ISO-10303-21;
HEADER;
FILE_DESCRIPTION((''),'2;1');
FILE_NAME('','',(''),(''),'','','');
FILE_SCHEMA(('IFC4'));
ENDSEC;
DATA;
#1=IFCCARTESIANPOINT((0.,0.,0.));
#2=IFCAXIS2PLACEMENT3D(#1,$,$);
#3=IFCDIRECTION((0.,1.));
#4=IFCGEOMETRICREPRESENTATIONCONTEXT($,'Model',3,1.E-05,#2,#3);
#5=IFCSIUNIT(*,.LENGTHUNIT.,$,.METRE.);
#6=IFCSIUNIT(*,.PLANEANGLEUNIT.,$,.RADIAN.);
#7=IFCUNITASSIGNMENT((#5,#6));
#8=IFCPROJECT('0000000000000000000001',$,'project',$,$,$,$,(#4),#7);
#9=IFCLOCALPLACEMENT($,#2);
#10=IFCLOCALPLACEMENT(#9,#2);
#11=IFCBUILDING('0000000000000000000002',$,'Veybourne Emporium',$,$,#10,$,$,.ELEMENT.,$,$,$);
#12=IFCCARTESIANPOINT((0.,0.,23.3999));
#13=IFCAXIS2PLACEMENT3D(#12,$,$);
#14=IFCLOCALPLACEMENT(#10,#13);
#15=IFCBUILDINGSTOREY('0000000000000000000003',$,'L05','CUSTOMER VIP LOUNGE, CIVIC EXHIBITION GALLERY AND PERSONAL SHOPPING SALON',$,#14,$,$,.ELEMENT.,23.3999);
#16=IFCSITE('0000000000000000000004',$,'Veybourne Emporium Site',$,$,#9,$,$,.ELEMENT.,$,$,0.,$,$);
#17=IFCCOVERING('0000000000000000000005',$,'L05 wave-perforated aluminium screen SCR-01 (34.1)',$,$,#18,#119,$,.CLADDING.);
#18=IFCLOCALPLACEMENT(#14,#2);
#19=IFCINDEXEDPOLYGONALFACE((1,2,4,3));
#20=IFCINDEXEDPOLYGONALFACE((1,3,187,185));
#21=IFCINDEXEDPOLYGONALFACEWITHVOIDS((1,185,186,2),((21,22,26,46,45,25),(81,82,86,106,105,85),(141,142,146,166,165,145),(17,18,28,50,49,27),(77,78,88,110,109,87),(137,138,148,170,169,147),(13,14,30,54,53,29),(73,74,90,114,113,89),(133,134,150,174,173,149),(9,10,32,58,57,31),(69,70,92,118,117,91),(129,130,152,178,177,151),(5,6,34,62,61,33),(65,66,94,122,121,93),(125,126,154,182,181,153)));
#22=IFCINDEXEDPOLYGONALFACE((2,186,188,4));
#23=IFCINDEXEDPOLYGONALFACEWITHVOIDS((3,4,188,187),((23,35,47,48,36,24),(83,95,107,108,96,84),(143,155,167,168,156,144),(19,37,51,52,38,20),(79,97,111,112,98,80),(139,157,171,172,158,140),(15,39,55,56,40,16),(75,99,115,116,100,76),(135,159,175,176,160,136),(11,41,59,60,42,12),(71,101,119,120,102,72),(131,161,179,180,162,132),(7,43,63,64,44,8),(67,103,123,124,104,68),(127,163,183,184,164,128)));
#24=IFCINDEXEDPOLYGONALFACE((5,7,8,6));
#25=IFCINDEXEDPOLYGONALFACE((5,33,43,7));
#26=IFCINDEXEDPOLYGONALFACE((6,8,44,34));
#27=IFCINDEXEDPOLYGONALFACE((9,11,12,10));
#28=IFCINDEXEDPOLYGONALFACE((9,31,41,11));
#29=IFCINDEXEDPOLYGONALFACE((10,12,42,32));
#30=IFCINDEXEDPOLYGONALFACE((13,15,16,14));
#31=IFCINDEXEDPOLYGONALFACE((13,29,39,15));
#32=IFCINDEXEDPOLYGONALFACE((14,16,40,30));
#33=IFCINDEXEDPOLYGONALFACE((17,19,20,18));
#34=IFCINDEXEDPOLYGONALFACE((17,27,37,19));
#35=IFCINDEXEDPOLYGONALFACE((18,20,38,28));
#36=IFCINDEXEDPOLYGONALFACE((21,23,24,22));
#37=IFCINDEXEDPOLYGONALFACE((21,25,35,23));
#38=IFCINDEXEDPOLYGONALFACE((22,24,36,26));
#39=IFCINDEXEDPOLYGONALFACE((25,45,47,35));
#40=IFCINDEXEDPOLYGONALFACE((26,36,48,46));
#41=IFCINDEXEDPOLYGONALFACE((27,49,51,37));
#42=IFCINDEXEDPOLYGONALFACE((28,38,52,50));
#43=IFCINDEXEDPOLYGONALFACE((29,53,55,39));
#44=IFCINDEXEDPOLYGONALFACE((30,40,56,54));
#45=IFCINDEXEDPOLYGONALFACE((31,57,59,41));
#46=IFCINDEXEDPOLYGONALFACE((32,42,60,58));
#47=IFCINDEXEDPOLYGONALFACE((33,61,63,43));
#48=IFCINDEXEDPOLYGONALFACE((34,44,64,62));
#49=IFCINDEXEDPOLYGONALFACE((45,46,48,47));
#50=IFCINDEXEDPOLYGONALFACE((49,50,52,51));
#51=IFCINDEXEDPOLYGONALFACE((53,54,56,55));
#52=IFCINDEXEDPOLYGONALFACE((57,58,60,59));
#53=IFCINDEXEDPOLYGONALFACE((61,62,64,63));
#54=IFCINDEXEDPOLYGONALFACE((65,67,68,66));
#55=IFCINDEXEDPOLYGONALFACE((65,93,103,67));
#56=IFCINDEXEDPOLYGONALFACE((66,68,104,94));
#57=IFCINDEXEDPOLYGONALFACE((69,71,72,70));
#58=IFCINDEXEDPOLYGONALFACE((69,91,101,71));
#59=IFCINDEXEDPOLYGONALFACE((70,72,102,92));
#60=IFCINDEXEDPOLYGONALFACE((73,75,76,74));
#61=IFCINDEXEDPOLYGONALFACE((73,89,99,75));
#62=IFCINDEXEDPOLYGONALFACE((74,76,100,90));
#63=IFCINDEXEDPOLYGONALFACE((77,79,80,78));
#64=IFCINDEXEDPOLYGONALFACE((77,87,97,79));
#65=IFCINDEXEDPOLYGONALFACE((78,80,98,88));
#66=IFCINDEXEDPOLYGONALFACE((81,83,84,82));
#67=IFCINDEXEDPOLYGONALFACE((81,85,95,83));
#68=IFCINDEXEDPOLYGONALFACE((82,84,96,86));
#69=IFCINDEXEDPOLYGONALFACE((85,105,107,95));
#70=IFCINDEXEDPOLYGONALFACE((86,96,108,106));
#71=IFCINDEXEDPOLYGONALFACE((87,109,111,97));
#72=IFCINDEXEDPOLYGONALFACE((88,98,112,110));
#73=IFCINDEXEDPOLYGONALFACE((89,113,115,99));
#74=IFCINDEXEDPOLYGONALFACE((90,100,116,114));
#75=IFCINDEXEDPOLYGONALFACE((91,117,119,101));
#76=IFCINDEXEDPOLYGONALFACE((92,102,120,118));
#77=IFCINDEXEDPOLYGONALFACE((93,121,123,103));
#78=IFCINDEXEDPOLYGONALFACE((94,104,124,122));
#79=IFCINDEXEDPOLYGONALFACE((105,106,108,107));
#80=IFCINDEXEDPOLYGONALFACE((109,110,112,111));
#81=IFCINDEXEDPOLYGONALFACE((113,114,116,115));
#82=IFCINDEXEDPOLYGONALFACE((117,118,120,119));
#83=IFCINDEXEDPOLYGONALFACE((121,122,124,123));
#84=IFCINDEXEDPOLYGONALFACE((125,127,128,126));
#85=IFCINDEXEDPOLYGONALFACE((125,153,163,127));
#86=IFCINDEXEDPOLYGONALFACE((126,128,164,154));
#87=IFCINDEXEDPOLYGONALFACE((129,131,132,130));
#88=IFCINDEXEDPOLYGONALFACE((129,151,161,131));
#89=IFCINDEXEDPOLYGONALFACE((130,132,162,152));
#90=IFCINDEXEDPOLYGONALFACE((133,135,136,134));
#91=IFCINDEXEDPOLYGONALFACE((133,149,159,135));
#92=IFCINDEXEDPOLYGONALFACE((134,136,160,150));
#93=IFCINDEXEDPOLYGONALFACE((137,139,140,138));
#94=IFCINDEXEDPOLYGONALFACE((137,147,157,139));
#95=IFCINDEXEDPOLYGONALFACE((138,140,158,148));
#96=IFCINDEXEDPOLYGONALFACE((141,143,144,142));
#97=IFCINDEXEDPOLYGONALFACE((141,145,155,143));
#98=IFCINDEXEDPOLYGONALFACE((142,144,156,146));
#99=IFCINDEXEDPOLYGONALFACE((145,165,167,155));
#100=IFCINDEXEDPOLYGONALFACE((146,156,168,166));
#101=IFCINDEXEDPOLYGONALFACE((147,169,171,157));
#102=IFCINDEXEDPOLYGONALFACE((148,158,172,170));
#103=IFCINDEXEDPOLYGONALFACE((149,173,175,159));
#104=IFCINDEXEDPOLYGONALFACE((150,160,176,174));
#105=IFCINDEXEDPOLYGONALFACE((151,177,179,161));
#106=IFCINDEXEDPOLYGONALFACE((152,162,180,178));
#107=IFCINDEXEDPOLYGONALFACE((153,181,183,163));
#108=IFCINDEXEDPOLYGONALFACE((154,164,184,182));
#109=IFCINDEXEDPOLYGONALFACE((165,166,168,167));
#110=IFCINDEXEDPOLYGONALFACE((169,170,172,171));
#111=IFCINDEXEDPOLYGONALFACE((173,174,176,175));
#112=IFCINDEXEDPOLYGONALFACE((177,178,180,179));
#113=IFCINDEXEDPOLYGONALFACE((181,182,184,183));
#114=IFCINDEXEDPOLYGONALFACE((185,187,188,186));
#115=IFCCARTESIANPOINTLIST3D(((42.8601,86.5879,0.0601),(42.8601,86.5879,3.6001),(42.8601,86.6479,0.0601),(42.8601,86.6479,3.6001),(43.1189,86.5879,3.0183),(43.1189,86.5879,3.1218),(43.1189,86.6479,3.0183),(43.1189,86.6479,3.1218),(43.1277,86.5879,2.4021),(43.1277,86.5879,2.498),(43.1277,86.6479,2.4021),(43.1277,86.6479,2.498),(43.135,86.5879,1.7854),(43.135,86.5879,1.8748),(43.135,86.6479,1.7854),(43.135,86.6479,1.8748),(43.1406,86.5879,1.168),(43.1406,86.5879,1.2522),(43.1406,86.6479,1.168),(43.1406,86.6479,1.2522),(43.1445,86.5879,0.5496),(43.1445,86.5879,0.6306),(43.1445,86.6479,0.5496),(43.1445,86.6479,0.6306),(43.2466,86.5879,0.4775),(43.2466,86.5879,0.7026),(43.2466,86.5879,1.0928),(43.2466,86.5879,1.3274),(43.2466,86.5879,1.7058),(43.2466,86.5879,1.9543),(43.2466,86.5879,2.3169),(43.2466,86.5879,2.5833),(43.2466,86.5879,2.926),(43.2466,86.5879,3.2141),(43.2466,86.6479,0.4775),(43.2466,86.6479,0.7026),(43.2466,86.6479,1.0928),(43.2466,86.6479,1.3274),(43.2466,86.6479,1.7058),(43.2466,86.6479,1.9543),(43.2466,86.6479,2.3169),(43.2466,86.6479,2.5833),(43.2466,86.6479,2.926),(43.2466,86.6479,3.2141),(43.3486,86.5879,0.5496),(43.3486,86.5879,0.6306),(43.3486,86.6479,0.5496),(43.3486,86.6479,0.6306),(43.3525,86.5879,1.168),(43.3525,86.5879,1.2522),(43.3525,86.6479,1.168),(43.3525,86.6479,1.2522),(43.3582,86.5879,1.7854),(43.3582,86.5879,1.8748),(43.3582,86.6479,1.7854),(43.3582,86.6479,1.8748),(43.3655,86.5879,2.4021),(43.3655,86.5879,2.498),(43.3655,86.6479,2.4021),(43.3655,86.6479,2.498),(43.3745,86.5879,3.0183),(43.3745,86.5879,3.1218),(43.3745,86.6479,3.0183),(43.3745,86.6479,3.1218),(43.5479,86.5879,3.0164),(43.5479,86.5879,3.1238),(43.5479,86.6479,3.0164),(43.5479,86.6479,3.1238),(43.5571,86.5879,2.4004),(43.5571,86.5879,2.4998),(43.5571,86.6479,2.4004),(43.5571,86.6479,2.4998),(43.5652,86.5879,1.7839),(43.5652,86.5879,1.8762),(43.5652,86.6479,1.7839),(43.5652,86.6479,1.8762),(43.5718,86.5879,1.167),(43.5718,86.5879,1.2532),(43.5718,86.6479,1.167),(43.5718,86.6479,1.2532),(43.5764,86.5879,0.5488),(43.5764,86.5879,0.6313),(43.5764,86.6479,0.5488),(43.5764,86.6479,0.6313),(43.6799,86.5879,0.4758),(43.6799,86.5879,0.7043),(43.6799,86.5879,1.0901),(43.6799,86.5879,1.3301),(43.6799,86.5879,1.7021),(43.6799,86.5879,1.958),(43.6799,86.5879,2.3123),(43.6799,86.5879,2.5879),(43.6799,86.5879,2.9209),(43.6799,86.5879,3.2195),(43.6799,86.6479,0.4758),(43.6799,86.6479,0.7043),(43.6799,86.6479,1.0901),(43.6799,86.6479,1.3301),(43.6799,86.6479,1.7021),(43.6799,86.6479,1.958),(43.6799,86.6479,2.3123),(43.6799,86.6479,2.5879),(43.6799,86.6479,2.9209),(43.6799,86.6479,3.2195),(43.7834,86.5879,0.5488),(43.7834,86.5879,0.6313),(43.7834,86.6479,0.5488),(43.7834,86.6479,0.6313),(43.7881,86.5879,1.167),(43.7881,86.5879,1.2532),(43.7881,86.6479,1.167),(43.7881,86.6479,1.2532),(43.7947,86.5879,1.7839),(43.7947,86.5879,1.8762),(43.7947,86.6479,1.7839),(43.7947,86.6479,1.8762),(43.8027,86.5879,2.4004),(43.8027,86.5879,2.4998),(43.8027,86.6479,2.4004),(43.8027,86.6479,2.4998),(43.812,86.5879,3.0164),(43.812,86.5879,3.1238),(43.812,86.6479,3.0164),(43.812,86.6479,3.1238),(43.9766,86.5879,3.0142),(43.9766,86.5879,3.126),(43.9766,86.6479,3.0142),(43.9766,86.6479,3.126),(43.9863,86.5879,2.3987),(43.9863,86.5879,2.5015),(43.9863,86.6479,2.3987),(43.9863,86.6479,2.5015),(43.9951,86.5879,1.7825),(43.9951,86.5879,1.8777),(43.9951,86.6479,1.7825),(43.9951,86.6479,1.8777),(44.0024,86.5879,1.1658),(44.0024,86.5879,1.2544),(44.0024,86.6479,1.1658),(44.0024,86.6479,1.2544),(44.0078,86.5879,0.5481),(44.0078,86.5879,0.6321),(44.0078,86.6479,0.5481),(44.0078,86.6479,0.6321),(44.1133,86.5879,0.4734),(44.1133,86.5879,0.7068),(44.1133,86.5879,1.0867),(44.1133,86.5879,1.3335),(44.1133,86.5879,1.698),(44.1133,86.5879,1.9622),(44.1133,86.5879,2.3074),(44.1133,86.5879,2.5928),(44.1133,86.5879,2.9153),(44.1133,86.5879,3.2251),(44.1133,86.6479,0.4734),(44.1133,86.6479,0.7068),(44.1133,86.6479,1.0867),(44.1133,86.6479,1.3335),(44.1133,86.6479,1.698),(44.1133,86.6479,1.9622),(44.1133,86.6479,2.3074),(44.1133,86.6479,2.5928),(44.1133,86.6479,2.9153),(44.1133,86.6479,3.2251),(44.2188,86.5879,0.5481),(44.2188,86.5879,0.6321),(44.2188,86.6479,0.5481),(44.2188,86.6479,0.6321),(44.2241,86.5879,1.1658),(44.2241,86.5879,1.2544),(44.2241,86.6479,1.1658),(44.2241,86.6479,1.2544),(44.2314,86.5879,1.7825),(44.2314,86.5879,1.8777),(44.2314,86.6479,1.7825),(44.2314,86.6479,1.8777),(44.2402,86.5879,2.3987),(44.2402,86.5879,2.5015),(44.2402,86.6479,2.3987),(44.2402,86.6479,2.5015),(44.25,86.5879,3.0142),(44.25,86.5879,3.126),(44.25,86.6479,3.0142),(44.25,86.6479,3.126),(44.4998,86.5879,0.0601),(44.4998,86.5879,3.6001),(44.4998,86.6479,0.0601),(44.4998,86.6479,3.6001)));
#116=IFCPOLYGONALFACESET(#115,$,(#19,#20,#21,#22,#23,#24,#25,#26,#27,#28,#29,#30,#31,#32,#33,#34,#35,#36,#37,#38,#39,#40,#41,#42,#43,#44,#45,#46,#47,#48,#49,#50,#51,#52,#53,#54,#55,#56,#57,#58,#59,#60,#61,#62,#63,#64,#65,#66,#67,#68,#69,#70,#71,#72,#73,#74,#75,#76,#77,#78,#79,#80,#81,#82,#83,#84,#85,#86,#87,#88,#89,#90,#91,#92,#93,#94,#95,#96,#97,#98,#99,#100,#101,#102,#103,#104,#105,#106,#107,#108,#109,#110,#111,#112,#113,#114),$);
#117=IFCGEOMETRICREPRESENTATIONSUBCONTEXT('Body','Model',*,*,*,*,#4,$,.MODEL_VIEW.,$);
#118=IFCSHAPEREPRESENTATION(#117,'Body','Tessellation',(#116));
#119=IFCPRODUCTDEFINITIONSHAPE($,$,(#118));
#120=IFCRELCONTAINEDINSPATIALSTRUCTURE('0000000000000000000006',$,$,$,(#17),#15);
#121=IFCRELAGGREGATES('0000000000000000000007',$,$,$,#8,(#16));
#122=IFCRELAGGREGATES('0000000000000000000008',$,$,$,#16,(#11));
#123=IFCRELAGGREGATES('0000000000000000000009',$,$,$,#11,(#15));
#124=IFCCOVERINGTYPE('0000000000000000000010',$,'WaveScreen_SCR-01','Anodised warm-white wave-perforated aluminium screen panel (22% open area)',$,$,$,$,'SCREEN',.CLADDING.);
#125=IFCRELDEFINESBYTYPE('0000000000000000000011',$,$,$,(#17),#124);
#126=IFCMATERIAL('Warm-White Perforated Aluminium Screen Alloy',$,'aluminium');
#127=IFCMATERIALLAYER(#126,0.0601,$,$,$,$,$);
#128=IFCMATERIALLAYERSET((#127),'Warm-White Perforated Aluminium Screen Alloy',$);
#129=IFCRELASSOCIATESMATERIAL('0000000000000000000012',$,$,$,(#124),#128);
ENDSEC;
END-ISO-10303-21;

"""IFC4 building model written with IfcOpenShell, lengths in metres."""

from ifc_helpers import new_model, si_unit, direction, frame, origin, place, context, subcontext, project, spatial, polyline, outline, extrude, material, layer, layer_set, type_object, element, save


model = new_model("IFC4")

# Units and contexts
model_context = context("Model", 3, precision=1e-05, world=origin(), true_north=direction((0.0, 1.0)))
body_context = subcontext(model_context, "Body", "Model", "MODEL_VIEW")
ifc_project = project(units=[si_unit("LENGTHUNIT", "METRE"), si_unit("PLANEANGLEUNIT", "RADIAN")], contexts=[model_context])

# Site, building, storey
site_placement = place(None, origin())
site = spatial("IfcSite", under=ifc_project, at=site_placement, Name="Veybourne Emporium Site", CompositionType="ELEMENT", RefElevation=0.0)
building_placement = place(site_placement, origin())
building = spatial("IfcBuilding", under=site, at=building_placement, Name="Veybourne Emporium", CompositionType="ELEMENT")
storey_placement = place(building_placement, frame((0.0, 0.0, 23.3999)))
storey = spatial("IfcBuildingStorey", under=building, at=storey_placement, Name="L05", Description="CUSTOMER VIP LOUNGE, CIVIC EXHIBITION GALLERY AND PERSONAL SHOPPING SALON", CompositionType="ELEMENT", Elevation=23.3999)

# Covering
ifc_material_1 = material(Name="Warm-White Perforated Aluminium Screen Alloy", Category="aluminium")
ifc_layer_1 = layer(ifc_material_1, 0.0601)
ifc_layer_set_1 = layer_set([ifc_layer_1], Name="Warm-White Perforated Aluminium Screen Alloy")
covering_type_1 = type_object("IfcCoveringType", Name="WaveScreen_SCR-01", Description="Anodised warm-white wave-perforated aluminium screen panel (22% open area)", ElementType="SCREEN", PredefinedType="CLADDING", material=ifc_layer_set_1)
covering_1_placement = place(storey_placement, frame((43.6799, 86.6479, 1.8301), z_axis=(0.0, -1.0, 0.0), x_axis=(1.0, 0.0, 0.0)))
element("IfcCovering", 1, at=covering_1_placement, inside=storey, type_object=covering_type_1, Name="L05 wave-perforated aluminium screen SCR-01 (34.1)", PredefinedType="CLADDING", context=body_context, shape_type="SweptSolid", body=[
    extrude(outline(polyline([(-0.8198, -1.77), (0.8198, -1.77), (0.8198, 1.77), (-0.8198, 1.77), (-0.8198, -1.77)]), holes=[polyline([(-0.4333, -1.1274), (-0.3313, -1.1995), (-0.3313, -1.2805), (-0.4333, -1.3525), (-0.5354, -1.2805), (-0.5354, -1.1995), (-0.4333, -1.1274)]), polyline([(-0.4333, -0.5027), (-0.3274, -0.5779), (-0.3274, -0.6621), (-0.4333, -0.7373), (-0.5393, -0.6621), (-0.5393, -0.5779), (-0.4333, -0.5027)]), polyline([(-0.4333, 0.1243), (-0.3218, 0.0447), (-0.3218, -0.0447), (-0.4333, -0.1243), (-0.5449, -0.0447), (-0.5449, 0.0447), (-0.4333, 0.1243)]), polyline([(-0.4333, 0.7532), (-0.3145, 0.668), (-0.3145, 0.572), (-0.4333, 0.4868), (-0.5522, 0.572), (-0.5522, 0.668), (-0.4333, 0.7532)]), polyline([(-0.4333, 1.384), (-0.3054, 1.2917), (-0.3054, 1.1882), (-0.4333, 1.0959), (-0.561, 1.1882), (-0.561, 1.2917), (-0.4333, 1.384)]), polyline([(0.0, -1.1257), (0.1035, -1.1987), (0.1035, -1.2812), (0.0, -1.3542), (-0.1035, -1.2812), (-0.1035, -1.1987), (0.0, -1.1257)]), polyline([(0.0, -0.5), (0.1082, -0.5769), (0.1082, -0.6631), (0.0, -0.74), (-0.1082, -0.6631), (-0.1082, -0.5769), (0.0, -0.5)]), polyline([(0.0, 0.1279), (0.1147, 0.0461), (0.1147, -0.0461), (0.0, -0.1279), (-0.1147, -0.0461), (-0.1147, 0.0461), (0.0, 0.1279)]), polyline([(0.0, 0.7578), (0.1228, 0.6697), (0.1228, 0.5703), (0.0, 0.4822), (-0.1228, 0.5703), (-0.1228, 0.6697), (0.0, 0.7578)]), polyline([(0.0, 1.3894), (0.1321, 1.2937), (0.1321, 1.1863), (0.0, 1.0908), (-0.1321, 1.1863), (-0.1321, 1.2937), (0.0, 1.3894)]), polyline([(0.4333, -1.1233), (0.5388, -1.198), (0.5388, -1.282), (0.4333, -1.3567), (0.3279, -1.282), (0.3279, -1.198), (0.4333, -1.1233)]), polyline([(0.4333, -0.4966), (0.5442, -0.5757), (0.5442, -0.6643), (0.4333, -0.7434), (0.3225, -0.6643), (0.3225, -0.5757), (0.4333, -0.4966)]), polyline([(0.4333, 0.1321), (0.5515, 0.0476), (0.5515, -0.0476), (0.4333, -0.1321), (0.3152, -0.0476), (0.3152, 0.0476), (0.4333, 0.1321)]), polyline([(0.4333, 0.7627), (0.5603, 0.6714), (0.5603, 0.5686), (0.4333, 0.4773), (0.3064, 0.5686), (0.3064, 0.6714), (0.4333, 0.7627)]), polyline([(0.4333, 1.395), (0.5701, 1.2959), (0.5701, 1.1841), (0.4333, 1.0852), (0.2966, 1.1841), (0.2966, 1.2959), (0.4333, 1.395)])]), origin(), (0.0, 0.0, 1.0), 0.0601),
])

save(model, "model.ifc")
